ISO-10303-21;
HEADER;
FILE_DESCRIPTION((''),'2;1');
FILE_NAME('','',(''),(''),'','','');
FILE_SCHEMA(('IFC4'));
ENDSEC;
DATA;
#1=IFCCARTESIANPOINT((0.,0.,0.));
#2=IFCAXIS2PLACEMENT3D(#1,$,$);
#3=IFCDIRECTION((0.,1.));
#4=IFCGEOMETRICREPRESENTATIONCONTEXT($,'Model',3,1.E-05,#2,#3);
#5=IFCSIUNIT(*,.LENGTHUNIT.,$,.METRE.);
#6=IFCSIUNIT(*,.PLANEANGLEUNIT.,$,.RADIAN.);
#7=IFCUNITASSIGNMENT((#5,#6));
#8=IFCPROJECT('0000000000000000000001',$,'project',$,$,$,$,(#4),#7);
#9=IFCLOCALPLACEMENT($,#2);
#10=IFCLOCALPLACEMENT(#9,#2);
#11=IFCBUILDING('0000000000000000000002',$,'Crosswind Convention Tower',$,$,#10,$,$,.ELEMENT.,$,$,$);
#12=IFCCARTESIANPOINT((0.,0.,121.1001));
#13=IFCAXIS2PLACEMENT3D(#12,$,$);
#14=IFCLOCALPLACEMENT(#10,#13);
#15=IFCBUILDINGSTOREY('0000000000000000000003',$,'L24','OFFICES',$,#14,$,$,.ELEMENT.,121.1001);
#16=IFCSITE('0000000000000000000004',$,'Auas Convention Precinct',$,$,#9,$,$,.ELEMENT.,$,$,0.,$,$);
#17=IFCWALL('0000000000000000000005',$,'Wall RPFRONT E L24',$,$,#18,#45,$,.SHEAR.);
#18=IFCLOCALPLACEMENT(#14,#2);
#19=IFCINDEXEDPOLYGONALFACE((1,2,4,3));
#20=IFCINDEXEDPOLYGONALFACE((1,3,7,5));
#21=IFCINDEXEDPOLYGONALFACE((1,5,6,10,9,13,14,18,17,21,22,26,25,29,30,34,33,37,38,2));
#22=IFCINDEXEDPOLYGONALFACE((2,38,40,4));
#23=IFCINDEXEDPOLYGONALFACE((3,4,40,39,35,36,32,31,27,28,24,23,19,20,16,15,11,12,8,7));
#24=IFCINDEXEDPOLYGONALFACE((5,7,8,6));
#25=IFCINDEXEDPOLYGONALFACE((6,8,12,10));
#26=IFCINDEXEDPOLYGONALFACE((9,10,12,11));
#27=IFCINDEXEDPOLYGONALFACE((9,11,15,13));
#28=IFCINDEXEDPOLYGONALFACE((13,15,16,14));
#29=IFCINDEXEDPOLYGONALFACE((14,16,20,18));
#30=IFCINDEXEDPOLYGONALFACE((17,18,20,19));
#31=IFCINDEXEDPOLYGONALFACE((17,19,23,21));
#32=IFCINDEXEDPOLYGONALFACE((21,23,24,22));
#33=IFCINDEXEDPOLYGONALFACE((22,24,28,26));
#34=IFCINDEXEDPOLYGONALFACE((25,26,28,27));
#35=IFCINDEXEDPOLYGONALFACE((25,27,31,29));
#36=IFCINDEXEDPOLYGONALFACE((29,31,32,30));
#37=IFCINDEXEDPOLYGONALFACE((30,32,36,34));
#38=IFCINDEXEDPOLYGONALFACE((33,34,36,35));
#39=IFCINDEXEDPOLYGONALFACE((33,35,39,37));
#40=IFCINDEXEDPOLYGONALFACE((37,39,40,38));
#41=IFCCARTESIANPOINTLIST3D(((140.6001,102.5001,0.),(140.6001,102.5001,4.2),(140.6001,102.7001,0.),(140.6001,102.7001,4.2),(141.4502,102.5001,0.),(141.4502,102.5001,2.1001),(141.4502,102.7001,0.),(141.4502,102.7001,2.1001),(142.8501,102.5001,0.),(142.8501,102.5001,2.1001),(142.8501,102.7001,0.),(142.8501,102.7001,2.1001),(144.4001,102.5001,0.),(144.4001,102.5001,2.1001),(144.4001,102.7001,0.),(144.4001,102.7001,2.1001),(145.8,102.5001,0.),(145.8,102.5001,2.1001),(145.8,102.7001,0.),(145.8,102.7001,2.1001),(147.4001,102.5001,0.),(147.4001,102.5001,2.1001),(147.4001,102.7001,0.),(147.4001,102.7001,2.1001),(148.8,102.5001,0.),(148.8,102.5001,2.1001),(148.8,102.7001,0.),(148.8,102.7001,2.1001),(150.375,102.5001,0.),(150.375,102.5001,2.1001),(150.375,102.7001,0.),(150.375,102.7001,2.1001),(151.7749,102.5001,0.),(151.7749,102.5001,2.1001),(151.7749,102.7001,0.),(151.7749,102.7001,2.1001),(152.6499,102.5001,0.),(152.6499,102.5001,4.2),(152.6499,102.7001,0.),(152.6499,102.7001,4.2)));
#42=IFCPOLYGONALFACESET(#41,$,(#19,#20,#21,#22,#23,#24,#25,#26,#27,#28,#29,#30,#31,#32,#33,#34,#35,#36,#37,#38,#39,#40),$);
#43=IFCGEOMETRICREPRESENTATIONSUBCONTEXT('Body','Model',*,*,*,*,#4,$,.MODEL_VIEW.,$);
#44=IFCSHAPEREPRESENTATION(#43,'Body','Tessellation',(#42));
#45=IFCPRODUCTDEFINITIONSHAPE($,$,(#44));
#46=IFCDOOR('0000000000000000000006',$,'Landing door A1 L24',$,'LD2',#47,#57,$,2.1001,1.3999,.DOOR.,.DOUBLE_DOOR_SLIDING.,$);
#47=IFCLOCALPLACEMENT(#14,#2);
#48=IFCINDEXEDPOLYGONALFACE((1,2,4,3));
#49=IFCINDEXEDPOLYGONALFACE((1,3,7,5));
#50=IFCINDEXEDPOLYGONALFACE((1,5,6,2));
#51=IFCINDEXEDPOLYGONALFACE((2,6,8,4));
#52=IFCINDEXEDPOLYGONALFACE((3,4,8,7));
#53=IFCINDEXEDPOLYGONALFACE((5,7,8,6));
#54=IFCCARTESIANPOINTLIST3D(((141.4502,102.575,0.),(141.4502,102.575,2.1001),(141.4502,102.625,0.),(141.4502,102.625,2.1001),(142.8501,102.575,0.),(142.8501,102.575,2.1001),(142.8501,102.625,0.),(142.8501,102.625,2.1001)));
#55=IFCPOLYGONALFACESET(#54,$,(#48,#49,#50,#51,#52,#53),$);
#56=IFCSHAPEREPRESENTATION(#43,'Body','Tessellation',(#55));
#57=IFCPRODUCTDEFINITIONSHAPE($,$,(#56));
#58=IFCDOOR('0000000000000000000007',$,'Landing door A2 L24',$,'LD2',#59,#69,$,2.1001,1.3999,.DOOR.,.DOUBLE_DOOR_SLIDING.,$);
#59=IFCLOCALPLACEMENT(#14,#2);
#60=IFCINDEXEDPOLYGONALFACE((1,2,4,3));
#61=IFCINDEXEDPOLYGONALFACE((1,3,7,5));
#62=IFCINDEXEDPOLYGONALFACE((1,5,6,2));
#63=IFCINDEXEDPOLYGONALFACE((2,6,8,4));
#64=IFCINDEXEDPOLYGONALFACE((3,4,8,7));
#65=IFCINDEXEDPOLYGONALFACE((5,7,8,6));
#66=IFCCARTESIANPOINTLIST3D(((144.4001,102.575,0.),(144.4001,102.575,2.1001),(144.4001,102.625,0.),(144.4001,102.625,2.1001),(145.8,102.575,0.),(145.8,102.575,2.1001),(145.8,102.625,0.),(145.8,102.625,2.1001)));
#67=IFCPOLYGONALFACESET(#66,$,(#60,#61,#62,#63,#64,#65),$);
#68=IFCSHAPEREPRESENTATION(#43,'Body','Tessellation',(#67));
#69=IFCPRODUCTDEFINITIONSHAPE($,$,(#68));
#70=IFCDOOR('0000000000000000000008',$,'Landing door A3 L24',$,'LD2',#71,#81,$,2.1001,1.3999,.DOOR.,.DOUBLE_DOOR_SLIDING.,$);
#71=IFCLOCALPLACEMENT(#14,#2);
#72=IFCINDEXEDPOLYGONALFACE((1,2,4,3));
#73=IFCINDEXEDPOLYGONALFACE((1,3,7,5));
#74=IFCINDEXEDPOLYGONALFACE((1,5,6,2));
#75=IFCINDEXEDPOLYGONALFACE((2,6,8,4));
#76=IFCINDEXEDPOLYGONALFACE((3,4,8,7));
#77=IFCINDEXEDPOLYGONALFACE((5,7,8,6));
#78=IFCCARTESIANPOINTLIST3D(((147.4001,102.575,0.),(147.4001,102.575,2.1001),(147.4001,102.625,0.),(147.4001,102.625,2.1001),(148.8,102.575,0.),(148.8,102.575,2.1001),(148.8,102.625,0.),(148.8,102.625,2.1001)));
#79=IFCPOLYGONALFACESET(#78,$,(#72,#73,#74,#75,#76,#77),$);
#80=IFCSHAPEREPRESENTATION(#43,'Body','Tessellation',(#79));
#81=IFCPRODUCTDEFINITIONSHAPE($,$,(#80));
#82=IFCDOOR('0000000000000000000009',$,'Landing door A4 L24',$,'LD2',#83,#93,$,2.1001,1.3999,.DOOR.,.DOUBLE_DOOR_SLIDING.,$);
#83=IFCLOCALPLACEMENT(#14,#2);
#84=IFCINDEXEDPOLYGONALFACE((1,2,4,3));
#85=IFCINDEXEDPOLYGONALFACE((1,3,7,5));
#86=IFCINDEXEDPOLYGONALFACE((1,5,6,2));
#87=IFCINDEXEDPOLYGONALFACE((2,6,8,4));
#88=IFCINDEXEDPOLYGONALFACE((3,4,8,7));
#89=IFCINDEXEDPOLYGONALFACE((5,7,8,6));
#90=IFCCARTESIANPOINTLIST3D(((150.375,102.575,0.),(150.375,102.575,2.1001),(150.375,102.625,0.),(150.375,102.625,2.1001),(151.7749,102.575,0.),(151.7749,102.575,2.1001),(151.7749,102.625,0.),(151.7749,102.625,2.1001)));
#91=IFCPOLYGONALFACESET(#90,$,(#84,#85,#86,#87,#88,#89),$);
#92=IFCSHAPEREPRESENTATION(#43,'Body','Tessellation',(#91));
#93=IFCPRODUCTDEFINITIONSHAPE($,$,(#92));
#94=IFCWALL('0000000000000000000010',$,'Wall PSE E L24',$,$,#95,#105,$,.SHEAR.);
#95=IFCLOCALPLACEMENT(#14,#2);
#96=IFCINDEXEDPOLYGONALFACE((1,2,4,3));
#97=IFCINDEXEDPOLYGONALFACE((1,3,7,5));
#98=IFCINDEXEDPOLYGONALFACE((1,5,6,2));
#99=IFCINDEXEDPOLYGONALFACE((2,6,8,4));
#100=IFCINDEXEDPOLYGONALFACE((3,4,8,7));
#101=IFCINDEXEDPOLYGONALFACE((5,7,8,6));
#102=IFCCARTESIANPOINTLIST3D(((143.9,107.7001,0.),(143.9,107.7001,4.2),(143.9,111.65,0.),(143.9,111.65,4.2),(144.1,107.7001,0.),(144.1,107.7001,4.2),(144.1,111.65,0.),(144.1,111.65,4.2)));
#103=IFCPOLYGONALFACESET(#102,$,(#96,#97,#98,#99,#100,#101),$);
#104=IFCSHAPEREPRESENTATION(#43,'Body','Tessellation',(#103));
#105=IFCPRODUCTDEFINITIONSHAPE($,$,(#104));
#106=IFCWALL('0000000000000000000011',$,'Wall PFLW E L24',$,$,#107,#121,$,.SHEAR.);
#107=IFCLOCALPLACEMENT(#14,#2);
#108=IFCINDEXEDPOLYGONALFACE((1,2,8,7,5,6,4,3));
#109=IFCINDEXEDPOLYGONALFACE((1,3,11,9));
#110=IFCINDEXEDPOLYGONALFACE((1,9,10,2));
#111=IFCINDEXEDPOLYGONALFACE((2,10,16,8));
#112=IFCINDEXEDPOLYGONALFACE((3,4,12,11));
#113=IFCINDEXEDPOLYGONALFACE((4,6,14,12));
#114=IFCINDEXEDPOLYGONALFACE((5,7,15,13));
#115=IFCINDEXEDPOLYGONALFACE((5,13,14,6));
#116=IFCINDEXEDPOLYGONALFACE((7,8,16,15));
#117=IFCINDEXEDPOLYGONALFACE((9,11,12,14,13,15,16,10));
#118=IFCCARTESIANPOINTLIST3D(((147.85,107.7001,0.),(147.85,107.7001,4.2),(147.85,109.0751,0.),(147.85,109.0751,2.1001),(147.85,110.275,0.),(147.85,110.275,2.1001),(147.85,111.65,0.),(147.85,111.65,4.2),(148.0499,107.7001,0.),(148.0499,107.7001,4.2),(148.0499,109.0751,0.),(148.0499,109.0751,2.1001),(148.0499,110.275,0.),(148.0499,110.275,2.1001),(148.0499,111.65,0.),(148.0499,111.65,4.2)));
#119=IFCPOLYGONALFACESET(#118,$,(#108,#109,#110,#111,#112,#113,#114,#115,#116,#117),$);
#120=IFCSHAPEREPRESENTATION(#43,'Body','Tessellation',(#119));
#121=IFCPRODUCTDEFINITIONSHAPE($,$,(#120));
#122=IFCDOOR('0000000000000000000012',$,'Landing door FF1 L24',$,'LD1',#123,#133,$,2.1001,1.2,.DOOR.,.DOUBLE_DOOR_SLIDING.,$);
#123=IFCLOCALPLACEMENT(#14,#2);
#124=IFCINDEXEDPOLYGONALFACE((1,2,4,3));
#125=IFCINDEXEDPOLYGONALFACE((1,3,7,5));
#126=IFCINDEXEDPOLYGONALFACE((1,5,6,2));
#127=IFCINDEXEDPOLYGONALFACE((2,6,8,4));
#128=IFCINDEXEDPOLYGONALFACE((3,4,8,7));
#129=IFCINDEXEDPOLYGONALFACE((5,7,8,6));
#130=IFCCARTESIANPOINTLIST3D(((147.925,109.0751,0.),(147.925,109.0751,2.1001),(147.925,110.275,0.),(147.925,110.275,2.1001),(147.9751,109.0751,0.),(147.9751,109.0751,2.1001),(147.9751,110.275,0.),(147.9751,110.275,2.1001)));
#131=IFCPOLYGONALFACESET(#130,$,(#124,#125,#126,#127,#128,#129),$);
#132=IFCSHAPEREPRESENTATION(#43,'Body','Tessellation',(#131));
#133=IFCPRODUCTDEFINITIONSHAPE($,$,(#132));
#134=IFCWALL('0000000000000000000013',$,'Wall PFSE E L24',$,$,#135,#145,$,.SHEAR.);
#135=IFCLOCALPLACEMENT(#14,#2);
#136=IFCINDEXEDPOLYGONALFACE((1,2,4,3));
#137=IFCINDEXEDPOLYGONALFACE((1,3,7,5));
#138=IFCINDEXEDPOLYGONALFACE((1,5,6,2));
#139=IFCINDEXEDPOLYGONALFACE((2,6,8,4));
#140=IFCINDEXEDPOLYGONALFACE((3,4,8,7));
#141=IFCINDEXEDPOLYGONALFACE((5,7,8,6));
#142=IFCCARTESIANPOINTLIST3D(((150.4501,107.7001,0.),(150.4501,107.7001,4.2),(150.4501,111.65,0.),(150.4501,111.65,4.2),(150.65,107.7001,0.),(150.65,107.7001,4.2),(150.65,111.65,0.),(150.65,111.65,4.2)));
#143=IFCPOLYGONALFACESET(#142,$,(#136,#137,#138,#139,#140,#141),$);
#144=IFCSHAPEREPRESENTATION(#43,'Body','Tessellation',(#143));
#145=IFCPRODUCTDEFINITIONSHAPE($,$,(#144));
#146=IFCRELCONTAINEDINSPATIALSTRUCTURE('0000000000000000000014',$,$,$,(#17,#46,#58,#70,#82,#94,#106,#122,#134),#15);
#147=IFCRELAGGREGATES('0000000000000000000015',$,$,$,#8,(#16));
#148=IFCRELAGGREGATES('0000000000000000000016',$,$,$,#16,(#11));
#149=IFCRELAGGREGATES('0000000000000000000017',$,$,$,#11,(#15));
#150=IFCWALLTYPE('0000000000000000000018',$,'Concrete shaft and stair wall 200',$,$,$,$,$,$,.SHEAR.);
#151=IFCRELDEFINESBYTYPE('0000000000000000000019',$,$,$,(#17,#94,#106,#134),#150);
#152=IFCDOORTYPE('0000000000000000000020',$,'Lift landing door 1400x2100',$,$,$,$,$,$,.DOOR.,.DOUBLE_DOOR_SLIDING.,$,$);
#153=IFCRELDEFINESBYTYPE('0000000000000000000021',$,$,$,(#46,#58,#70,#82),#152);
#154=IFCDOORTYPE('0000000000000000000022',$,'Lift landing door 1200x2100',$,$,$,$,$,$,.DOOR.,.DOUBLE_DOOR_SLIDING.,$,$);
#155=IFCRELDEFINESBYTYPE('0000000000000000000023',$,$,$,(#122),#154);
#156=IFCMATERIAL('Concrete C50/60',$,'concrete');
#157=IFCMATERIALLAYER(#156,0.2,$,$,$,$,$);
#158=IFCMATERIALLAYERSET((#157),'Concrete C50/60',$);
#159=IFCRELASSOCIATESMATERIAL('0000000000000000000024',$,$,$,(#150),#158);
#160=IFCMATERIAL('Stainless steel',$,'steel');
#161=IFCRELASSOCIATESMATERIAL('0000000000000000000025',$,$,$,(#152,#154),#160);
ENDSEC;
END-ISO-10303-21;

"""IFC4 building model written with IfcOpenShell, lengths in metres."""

from ifc_helpers import new_model, si_unit, direction, frame, frame_2d, origin, place, context, subcontext, project, spatial, rectangle, extrude, material, layer, layer_set, type_object, element, fill, save


model = new_model("IFC4")

# Units and contexts
model_context = context("Model", 3, precision=1e-05, world=origin(), true_north=direction((0.0, 1.0)))
body_context = subcontext(model_context, "Body", "Model", "MODEL_VIEW")
ifc_project = project(units=[si_unit("LENGTHUNIT", "METRE"), si_unit("PLANEANGLEUNIT", "RADIAN")], contexts=[model_context])

# Site, building, storey
site_placement = place(None, origin())
site = spatial("IfcSite", under=ifc_project, at=site_placement, Name="Auas Convention Precinct", CompositionType="ELEMENT", RefElevation=0.0)
building_placement = place(site_placement, origin())
building = spatial("IfcBuilding", under=site, at=building_placement, Name="Crosswind Convention Tower", CompositionType="ELEMENT")
storey_placement = place(building_placement, frame((0.0, 0.0, 121.1001)))
storey = spatial("IfcBuildingStorey", under=building, at=storey_placement, Name="L24", Description="OFFICES", CompositionType="ELEMENT", Elevation=121.1001)

# Shared definitions
ifc_material_1 = material(Name="Concrete C50/60", Category="concrete")
ifc_layer_1 = layer(ifc_material_1, 0.2)
ifc_layer_set_1 = layer_set([ifc_layer_1], Name="Concrete C50/60")
wall_type_1 = type_object("IfcWallType", Name="Concrete shaft and stair wall 200", PredefinedType="SHEAR", material=ifc_layer_set_1)

# Wall, openings, doors
wall_1_placement = place(storey_placement, frame((140.6001, 102.6001, 0.0), z_axis=(0.0, 0.0, 1.0), x_axis=(1.0, 0.0, 0.0)))
wall_1 = element("IfcWall", 1, at=wall_1_placement, inside=storey, type_object=wall_type_1, Name="Wall RPFRONT E L24", PredefinedType="SHEAR", context=body_context, shape_type="SweptSolid", body=[
    extrude(rectangle(XDim=12.0498, YDim=0.2, at=frame_2d((6.0249, 0.0))), origin(), (0.0, 0.0, 1.0), 4.2),
])
opening_1_placement = place(wall_1_placement, frame((0.8501, 0.0, 0.0)))
opening_1 = element("IfcOpeningElement", 2, at=opening_1_placement, cuts=wall_1, PredefinedType="OPENING", context=body_context, shape_type="SweptSolid", body=[
    extrude(rectangle(XDim=1.3999, YDim=2.1001, at=frame_2d((0.7, 1.05))), frame((0.0, 0.1099, 0.0), z_axis=(0.0, -1.0, 0.0), x_axis=(1.0, 0.0, 0.0)), (0.0, 0.0, 1.0), 0.22),
])
opening_2_placement = place(wall_1_placement, frame((3.8, 0.0, 0.0)))
opening_2 = element("IfcOpeningElement", 3, at=opening_2_placement, cuts=wall_1, PredefinedType="OPENING", context=body_context, shape_type="SweptSolid", body=[
    extrude(rectangle(XDim=1.3999, YDim=2.1001, at=frame_2d((0.7, 1.05))), frame((0.0, 0.1099, 0.0), z_axis=(0.0, -1.0, 0.0), x_axis=(1.0, 0.0, 0.0)), (0.0, 0.0, 1.0), 0.22),
])
opening_3_placement = place(wall_1_placement, frame((6.8, 0.0, 0.0)))
opening_3 = element("IfcOpeningElement", 4, at=opening_3_placement, cuts=wall_1, PredefinedType="OPENING", context=body_context, shape_type="SweptSolid", body=[
    extrude(rectangle(XDim=1.3999, YDim=2.1001, at=frame_2d((0.7, 1.05))), frame((0.0, 0.1099, 0.0), z_axis=(0.0, -1.0, 0.0), x_axis=(1.0, 0.0, 0.0)), (0.0, 0.0, 1.0), 0.22),
])
opening_4_placement = place(wall_1_placement, frame((9.7749, 0.0, 0.0)))
opening_4 = element("IfcOpeningElement", 5, at=opening_4_placement, cuts=wall_1, PredefinedType="OPENING", context=body_context, shape_type="SweptSolid", body=[
    extrude(rectangle(XDim=1.3999, YDim=2.1001, at=frame_2d((0.7, 1.05))), frame((0.0, 0.1099, 0.0), z_axis=(0.0, -1.0, 0.0), x_axis=(1.0, 0.0, 0.0)), (0.0, 0.0, 1.0), 0.22),
])
ifc_material_2 = material(Name="Stainless steel", Category="steel")
door_type_1 = type_object("IfcDoorType", Name="Lift landing door 1400x2100", OperationType="DOUBLE_DOOR_SLIDING", PredefinedType="DOOR", material=ifc_material_2)
door_1_placement = place(opening_1_placement, origin())
door_1 = element("IfcDoor", 6, at=door_1_placement, inside=storey, type_object=door_type_1, Name="Landing door A1 L24", ObjectType="LD2", OperationType="DOUBLE_DOOR_SLIDING", OverallHeight=2.1001, OverallWidth=1.3999, PredefinedType="DOOR", context=body_context, shape_type="SweptSolid", body=[
    extrude(rectangle(XDim=1.3999, YDim=2.1001, at=frame_2d((0.7, 1.05))), frame((0.0, 0.0249, 0.0), z_axis=(0.0, -1.0, 0.0), x_axis=(1.0, 0.0, 0.0)), (0.0, 0.0, 1.0), 0.05),
])
fill(opening_1, door_1)
door_2_placement = place(opening_2_placement, origin())
door_2 = element("IfcDoor", 7, at=door_2_placement, inside=storey, type_object=door_type_1, Name="Landing door A2 L24", ObjectType="LD2", OperationType="DOUBLE_DOOR_SLIDING", OverallHeight=2.1001, OverallWidth=1.3999, PredefinedType="DOOR", context=body_context, shape_type="SweptSolid", body=[
    extrude(rectangle(XDim=1.3999, YDim=2.1001, at=frame_2d((0.7, 1.05))), frame((0.0, 0.0249, 0.0), z_axis=(0.0, -1.0, 0.0), x_axis=(1.0, 0.0, 0.0)), (0.0, 0.0, 1.0), 0.05),
])
fill(opening_2, door_2)
door_3_placement = place(opening_3_placement, origin())
door_3 = element("IfcDoor", 8, at=door_3_placement, inside=storey, type_object=door_type_1, Name="Landing door A3 L24", ObjectType="LD2", OperationType="DOUBLE_DOOR_SLIDING", OverallHeight=2.1001, OverallWidth=1.3999, PredefinedType="DOOR", context=body_context, shape_type="SweptSolid", body=[
    extrude(rectangle(XDim=1.3999, YDim=2.1001, at=frame_2d((0.7, 1.05))), frame((0.0, 0.0249, 0.0), z_axis=(0.0, -1.0, 0.0), x_axis=(1.0, 0.0, 0.0)), (0.0, 0.0, 1.0), 0.05),
])
fill(opening_3, door_3)
door_4_placement = place(opening_4_placement, origin())
door_4 = element("IfcDoor", 9, at=door_4_placement, inside=storey, type_object=door_type_1, Name="Landing door A4 L24", ObjectType="LD2", OperationType="DOUBLE_DOOR_SLIDING", OverallHeight=2.1001, OverallWidth=1.3999, PredefinedType="DOOR", context=body_context, shape_type="SweptSolid", body=[
    extrude(rectangle(XDim=1.3999, YDim=2.1001, at=frame_2d((0.7, 1.05))), frame((0.0, 0.0249, 0.0), z_axis=(0.0, -1.0, 0.0), x_axis=(1.0, 0.0, 0.0)), (0.0, 0.0, 1.0), 0.05),
])
fill(opening_4, door_4)

# Wall
wall_2_placement = place(storey_placement, frame((144.0, 107.7, 0.0), z_axis=(0.0, 0.0, 1.0), x_axis=(0.0, 1.0, 0.0)))
element("IfcWall", 10, at=wall_2_placement, inside=storey, type_object=wall_type_1, Name="Wall PSE E L24", PredefinedType="SHEAR", context=body_context, shape_type="SweptSolid", body=[
    extrude(rectangle(XDim=3.95, YDim=0.2, at=frame_2d((1.9751, 0.0))), origin(), (0.0, 0.0, 1.0), 4.2),
])

# Wall, opening, door
wall_3_placement = place(storey_placement, frame((147.95, 107.7, 0.0), z_axis=(0.0, 0.0, 1.0), x_axis=(0.0, 1.0, 0.0)))
wall_3 = element("IfcWall", 11, at=wall_3_placement, inside=storey, type_object=wall_type_1, Name="Wall PFLW E L24", PredefinedType="SHEAR", context=body_context, shape_type="SweptSolid", body=[
    extrude(rectangle(XDim=3.95, YDim=0.2, at=frame_2d((1.9751, 0.0))), origin(), (0.0, 0.0, 1.0), 4.2),
])
opening_5_placement = place(wall_3_placement, frame((1.375, 0.0, 0.0)))
opening_5 = element("IfcOpeningElement", 12, at=opening_5_placement, cuts=wall_3, PredefinedType="OPENING", context=body_context, shape_type="SweptSolid", body=[
    extrude(rectangle(XDim=1.2, YDim=2.1001, at=frame_2d((0.6001, 1.05))), frame((0.0, 0.1099, 0.0), z_axis=(0.0, -1.0, 0.0), x_axis=(1.0, 0.0, 0.0)), (0.0, 0.0, 1.0), 0.22),
])
door_type_2 = type_object("IfcDoorType", Name="Lift landing door 1200x2100", OperationType="DOUBLE_DOOR_SLIDING", PredefinedType="DOOR", material=ifc_material_2)
door_5_placement = place(opening_5_placement, origin())
door_5 = element("IfcDoor", 13, at=door_5_placement, inside=storey, type_object=door_type_2, Name="Landing door FF1 L24", ObjectType="LD1", OperationType="DOUBLE_DOOR_SLIDING", OverallHeight=2.1001, OverallWidth=1.2, PredefinedType="DOOR", context=body_context, shape_type="SweptSolid", body=[
    extrude(rectangle(XDim=1.2, YDim=2.1001, at=frame_2d((0.6001, 1.05))), frame((0.0, 0.0249, 0.0), z_axis=(0.0, -1.0, 0.0), x_axis=(1.0, 0.0, 0.0)), (0.0, 0.0, 1.0), 0.05),
])
fill(opening_5, door_5)

# Wall
wall_4_placement = place(storey_placement, frame((150.55, 107.7, 0.0), z_axis=(0.0, 0.0, 1.0), x_axis=(0.0, 1.0, 0.0)))
element("IfcWall", 14, at=wall_4_placement, inside=storey, type_object=wall_type_1, Name="Wall PFSE E L24", PredefinedType="SHEAR", context=body_context, shape_type="SweptSolid", body=[
    extrude(rectangle(XDim=3.95, YDim=0.2, at=frame_2d((1.9751, 0.0))), origin(), (0.0, 0.0, 1.0), 4.2),
])

save(model, "model.ifc")
